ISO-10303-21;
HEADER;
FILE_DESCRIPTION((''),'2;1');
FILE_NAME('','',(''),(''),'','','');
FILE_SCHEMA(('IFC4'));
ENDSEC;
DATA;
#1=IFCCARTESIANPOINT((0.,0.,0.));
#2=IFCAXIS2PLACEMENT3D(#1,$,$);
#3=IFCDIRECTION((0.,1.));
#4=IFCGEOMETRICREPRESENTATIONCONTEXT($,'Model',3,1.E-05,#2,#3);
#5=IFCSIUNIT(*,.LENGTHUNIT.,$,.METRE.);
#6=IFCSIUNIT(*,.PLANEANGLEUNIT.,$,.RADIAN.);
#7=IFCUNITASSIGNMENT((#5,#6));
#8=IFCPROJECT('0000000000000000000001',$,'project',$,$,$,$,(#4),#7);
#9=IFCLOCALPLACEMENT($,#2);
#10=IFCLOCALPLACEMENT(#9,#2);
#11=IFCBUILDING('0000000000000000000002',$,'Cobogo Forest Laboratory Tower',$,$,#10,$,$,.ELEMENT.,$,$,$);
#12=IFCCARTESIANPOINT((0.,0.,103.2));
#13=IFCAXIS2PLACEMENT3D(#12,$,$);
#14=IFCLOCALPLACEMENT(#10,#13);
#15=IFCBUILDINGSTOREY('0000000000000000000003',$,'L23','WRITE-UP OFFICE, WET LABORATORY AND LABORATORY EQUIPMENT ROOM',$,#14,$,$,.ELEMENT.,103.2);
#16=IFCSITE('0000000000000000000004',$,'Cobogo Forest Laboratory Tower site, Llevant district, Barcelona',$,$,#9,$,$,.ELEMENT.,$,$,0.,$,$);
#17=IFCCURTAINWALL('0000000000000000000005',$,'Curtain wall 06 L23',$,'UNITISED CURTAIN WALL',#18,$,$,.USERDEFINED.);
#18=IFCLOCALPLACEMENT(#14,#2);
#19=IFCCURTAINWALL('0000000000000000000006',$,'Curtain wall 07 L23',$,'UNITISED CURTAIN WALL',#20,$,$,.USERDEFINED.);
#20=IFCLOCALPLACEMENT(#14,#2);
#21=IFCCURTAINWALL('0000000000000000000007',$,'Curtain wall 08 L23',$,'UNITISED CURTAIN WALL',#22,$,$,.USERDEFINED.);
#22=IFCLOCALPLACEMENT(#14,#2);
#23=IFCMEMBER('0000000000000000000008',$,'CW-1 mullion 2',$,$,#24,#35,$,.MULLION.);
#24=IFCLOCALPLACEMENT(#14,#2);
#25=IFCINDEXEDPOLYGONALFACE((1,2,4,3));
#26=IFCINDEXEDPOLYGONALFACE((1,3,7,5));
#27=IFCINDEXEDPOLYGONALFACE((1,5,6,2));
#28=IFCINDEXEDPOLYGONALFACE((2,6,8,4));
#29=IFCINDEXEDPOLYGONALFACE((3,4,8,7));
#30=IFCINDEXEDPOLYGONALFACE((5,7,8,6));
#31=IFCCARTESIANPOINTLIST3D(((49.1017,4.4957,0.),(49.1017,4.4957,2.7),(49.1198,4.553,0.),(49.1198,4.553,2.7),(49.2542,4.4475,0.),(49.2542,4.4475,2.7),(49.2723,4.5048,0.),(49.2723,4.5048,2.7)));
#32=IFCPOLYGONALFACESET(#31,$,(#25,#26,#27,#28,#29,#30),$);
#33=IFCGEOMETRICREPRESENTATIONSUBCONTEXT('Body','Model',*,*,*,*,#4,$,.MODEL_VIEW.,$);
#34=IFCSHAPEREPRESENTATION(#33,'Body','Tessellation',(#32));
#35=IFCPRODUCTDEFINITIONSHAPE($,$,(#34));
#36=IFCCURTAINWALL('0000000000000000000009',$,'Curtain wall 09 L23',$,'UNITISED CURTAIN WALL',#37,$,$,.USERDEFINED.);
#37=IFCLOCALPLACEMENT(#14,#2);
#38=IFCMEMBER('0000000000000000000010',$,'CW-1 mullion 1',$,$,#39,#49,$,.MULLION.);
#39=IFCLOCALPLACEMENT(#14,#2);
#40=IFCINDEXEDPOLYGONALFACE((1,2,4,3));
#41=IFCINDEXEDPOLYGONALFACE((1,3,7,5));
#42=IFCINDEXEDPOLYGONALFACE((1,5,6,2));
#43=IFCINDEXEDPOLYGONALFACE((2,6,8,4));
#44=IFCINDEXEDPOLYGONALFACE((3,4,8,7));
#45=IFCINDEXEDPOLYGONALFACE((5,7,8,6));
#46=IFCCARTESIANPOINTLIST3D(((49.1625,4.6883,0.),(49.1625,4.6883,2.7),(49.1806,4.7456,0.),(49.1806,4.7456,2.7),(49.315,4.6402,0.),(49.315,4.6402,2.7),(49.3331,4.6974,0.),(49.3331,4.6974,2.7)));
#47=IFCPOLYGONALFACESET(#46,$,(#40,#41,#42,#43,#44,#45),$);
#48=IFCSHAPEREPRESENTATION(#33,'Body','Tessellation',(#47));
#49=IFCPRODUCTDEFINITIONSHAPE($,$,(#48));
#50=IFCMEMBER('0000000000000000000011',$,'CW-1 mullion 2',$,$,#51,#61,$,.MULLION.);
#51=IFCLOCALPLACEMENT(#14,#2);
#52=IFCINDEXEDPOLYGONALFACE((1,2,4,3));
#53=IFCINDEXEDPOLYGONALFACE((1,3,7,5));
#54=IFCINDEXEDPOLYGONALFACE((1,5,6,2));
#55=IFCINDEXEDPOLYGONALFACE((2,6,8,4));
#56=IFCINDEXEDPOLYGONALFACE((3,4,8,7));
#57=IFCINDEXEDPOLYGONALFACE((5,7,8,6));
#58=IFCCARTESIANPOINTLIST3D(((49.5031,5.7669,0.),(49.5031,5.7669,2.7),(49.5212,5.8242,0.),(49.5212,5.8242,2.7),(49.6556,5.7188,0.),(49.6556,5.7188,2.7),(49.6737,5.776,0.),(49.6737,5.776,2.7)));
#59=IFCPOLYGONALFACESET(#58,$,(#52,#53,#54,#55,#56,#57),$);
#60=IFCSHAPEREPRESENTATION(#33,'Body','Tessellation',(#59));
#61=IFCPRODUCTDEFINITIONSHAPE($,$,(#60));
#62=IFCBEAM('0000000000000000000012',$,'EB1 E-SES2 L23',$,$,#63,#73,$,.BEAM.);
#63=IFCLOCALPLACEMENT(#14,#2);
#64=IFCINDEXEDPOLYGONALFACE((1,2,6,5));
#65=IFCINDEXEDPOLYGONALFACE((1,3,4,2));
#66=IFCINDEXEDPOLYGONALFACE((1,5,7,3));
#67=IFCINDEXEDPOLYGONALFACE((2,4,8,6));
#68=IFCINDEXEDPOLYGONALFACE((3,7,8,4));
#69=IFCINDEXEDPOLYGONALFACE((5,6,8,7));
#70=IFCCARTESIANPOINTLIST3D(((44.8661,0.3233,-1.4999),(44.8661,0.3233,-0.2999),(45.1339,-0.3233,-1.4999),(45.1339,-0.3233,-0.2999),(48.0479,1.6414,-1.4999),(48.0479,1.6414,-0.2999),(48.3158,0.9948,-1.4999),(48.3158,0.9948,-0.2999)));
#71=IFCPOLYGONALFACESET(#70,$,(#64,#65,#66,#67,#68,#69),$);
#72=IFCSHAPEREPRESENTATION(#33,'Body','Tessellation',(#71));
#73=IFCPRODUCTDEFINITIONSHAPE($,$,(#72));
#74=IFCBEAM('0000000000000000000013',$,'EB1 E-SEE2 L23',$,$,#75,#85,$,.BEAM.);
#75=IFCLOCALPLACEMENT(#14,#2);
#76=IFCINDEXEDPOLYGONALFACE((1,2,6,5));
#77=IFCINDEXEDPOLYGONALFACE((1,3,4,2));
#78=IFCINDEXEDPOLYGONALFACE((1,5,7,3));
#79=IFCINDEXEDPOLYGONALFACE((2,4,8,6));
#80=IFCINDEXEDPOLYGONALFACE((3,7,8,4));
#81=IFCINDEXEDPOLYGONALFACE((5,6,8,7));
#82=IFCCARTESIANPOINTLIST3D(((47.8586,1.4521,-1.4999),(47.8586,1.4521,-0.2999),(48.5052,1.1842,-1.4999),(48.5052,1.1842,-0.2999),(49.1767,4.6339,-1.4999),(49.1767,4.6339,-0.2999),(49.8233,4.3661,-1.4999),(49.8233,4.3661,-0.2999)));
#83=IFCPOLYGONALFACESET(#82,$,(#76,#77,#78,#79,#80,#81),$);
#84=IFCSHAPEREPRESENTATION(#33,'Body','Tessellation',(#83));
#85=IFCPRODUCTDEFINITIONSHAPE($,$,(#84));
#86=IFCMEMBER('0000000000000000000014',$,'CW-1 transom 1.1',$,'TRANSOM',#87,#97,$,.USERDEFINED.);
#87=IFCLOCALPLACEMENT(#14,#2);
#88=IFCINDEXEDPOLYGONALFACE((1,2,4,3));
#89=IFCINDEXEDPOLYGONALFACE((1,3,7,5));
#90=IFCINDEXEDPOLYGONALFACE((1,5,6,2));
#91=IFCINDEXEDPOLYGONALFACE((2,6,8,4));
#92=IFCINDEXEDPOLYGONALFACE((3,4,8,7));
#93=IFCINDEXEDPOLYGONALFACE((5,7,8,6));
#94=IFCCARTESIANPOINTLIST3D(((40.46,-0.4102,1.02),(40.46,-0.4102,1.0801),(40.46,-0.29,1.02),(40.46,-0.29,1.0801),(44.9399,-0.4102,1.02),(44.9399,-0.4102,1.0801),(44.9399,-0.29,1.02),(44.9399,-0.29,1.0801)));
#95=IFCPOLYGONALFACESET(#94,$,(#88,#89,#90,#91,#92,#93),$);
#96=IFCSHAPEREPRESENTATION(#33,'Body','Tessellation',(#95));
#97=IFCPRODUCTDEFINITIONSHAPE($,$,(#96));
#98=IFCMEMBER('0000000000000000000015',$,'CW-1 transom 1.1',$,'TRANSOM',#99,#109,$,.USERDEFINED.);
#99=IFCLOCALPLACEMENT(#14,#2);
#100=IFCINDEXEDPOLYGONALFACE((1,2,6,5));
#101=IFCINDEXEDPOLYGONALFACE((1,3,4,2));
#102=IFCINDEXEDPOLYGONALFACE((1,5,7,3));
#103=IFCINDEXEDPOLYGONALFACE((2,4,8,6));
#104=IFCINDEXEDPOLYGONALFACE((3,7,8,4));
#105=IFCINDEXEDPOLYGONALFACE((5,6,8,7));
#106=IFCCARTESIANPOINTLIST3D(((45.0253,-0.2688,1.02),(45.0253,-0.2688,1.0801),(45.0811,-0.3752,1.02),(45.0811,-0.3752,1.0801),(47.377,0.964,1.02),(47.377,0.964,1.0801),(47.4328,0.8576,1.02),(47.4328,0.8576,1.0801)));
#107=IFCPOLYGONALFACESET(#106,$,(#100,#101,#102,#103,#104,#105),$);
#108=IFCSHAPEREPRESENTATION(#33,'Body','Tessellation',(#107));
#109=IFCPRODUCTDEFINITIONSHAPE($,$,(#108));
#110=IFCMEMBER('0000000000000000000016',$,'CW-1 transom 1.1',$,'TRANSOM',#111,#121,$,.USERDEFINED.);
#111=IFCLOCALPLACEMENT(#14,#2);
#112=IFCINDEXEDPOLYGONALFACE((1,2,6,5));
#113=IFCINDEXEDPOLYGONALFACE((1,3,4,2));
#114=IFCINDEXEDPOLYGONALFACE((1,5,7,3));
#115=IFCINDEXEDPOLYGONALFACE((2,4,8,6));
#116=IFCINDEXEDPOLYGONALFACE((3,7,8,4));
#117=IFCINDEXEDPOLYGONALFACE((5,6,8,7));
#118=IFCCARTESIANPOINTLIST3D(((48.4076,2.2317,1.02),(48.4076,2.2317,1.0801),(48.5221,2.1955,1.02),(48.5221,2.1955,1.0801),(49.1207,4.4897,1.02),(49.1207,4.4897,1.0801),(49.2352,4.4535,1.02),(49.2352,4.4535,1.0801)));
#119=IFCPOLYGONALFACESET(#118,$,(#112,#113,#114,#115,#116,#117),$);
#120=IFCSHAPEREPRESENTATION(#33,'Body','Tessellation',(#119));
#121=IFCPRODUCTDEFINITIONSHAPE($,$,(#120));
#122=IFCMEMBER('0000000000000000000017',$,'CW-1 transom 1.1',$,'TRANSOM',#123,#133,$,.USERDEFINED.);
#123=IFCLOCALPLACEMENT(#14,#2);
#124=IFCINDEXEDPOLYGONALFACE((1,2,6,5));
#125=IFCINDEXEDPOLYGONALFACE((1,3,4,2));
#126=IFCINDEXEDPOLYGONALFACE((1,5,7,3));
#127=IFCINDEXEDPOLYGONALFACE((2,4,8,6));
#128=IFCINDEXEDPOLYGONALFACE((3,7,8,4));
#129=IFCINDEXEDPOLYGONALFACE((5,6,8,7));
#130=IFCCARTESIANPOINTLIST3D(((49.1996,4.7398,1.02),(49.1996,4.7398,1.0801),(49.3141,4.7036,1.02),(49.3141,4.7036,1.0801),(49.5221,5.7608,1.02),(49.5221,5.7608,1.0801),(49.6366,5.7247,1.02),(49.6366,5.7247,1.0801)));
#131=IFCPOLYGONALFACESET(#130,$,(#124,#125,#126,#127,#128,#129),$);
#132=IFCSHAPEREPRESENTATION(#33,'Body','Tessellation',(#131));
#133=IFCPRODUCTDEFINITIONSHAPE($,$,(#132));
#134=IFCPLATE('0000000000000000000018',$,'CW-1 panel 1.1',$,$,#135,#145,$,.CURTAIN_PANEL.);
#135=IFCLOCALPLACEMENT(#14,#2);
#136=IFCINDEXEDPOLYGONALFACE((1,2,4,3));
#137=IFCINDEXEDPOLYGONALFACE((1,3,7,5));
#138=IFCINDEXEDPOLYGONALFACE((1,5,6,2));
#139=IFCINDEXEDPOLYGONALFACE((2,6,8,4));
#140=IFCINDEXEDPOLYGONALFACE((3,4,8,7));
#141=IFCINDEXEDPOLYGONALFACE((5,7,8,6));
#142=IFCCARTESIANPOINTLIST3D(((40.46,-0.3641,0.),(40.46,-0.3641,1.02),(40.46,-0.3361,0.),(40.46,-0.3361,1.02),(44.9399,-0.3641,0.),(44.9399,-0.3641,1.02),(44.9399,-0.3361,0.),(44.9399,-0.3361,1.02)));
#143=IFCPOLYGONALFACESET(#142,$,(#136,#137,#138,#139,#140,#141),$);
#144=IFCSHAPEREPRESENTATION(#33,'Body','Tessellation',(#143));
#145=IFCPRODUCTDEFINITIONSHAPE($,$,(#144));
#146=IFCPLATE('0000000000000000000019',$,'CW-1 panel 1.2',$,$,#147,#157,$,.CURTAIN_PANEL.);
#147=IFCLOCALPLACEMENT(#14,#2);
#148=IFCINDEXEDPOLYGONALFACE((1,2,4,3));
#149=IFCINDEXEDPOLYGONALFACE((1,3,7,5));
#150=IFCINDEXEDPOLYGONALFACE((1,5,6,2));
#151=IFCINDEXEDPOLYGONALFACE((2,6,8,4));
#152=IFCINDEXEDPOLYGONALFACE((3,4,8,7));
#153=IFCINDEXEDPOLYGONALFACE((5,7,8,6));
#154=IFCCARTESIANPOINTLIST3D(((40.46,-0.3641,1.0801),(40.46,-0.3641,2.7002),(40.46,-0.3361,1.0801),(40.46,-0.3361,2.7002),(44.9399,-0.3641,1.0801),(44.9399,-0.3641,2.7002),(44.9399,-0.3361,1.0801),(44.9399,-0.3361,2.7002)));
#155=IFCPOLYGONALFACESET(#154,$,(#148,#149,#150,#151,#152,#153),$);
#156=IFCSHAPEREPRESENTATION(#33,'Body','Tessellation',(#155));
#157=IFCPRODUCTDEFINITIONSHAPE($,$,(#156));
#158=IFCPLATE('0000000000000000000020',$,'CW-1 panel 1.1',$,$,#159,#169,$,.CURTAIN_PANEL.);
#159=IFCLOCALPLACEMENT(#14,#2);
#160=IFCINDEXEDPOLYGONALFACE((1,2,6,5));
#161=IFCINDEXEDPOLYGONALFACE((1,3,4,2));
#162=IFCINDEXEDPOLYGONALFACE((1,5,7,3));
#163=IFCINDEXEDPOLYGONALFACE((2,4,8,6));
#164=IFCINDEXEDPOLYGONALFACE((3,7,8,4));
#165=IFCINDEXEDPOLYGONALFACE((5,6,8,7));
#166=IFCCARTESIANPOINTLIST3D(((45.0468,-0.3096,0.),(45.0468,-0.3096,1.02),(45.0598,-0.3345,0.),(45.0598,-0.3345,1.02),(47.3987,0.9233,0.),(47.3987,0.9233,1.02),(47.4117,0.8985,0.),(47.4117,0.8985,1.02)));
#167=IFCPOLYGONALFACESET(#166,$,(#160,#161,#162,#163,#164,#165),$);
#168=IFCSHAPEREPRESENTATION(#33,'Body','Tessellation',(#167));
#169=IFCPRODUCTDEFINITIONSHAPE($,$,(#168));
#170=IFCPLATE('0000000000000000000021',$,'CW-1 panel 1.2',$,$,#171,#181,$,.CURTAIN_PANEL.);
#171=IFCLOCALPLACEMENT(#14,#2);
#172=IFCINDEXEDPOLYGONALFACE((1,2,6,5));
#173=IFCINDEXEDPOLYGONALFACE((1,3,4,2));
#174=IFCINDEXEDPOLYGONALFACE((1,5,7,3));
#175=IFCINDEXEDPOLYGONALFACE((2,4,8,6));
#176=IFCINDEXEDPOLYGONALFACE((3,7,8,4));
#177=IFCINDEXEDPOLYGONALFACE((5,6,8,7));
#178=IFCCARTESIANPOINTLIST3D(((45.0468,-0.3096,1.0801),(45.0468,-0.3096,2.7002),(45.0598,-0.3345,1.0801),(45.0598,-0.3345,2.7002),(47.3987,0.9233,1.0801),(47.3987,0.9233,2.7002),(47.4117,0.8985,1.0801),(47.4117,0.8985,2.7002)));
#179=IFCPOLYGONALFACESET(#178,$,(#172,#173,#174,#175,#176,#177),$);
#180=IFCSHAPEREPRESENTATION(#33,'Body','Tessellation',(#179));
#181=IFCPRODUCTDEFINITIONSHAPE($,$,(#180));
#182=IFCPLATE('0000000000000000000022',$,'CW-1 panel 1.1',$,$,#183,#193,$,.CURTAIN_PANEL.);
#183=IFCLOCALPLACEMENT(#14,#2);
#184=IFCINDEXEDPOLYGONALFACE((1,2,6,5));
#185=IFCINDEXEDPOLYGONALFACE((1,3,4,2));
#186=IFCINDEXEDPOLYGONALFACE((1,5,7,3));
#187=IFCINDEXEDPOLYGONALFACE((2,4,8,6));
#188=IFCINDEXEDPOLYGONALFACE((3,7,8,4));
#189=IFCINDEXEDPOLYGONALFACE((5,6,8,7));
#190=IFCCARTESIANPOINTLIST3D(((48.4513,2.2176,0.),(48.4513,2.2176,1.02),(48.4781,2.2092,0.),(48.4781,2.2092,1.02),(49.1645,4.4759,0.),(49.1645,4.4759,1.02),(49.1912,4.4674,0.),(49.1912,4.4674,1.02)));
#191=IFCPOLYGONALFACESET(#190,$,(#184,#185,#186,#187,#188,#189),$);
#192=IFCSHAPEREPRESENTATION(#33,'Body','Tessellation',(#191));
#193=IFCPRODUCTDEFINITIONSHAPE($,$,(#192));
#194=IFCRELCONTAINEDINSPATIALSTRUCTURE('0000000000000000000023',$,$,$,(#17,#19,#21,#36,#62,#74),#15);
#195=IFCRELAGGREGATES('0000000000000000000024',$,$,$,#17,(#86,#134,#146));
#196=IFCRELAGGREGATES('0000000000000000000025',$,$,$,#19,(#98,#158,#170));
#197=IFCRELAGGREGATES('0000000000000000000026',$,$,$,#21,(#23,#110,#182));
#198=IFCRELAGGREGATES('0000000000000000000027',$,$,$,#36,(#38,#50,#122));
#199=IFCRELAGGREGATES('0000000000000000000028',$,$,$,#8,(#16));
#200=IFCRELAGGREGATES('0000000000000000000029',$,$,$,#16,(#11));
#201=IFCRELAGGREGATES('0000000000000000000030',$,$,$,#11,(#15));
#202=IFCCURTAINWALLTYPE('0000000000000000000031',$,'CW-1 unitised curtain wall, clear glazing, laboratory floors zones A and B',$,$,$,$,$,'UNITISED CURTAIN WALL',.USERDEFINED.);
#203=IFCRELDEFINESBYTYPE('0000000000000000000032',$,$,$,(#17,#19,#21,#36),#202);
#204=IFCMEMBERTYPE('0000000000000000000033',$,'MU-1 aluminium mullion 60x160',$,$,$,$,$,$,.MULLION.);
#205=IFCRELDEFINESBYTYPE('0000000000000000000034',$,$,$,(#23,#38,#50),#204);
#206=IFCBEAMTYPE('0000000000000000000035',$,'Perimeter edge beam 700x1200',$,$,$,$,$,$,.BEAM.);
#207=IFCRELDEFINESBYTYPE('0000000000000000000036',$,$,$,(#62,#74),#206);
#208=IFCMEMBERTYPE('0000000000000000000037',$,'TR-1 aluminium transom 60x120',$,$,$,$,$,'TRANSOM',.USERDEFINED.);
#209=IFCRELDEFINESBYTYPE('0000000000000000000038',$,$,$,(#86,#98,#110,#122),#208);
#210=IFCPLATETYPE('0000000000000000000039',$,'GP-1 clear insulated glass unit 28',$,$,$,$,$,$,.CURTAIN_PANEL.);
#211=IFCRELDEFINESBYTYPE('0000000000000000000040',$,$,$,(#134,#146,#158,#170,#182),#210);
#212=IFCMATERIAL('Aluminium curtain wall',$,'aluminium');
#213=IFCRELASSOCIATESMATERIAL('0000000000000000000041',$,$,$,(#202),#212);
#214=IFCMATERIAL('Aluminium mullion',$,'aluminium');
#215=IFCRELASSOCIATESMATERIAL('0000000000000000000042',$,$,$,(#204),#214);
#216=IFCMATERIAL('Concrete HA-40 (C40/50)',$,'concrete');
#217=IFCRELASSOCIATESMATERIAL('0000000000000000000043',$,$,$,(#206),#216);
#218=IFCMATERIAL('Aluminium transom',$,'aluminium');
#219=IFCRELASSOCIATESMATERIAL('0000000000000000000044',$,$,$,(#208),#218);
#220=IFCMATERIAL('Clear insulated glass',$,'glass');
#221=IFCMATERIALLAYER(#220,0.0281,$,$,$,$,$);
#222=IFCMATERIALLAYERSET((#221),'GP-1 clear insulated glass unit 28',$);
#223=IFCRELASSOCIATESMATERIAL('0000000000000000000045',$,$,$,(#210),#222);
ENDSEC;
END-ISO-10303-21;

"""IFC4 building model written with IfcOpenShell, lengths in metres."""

from ifc_helpers import new_model, si_unit, direction, frame, origin, origin_2d, place, context, subcontext, project, spatial, rectangle, extrude, material, layer, layer_set, material_profile, profile_set, type_object, element, aggregate, save


model = new_model("IFC4")

# Units and contexts
model_context = context("Model", 3, precision=1e-05, world=origin(), true_north=direction((0.0, 1.0)))
body_context = subcontext(model_context, "Body", "Model", "MODEL_VIEW")
ifc_project = project(units=[si_unit("LENGTHUNIT", "METRE"), si_unit("PLANEANGLEUNIT", "RADIAN")], contexts=[model_context])

# Site, building, storey
site_placement = place(None, origin())
site = spatial("IfcSite", under=ifc_project, at=site_placement, Name="Cobogo Forest Laboratory Tower site, Llevant district, Barcelona", CompositionType="ELEMENT", RefElevation=0.0)
building_placement = place(site_placement, origin())
building = spatial("IfcBuilding", under=site, at=building_placement, Name="Cobogo Forest Laboratory Tower", CompositionType="ELEMENT")
storey_placement = place(building_placement, frame((0.0, 0.0, 103.2)))
storey = spatial("IfcBuildingStorey", under=building, at=storey_placement, Name="L23", Description="WRITE-UP OFFICE, WET LABORATORY AND LABORATORY EQUIPMENT ROOM", CompositionType="ELEMENT", Elevation=103.2)

# Shared definitions
ifc_material_1 = material(Name="Concrete HA-40 (C40/50)", Category="concrete")

# Curtain walls, members
ifc_material_2 = material(Name="Aluminium curtain wall", Category="aluminium")
curtain_wall_type = type_object("IfcCurtainWallType", Name="CW-1 unitised curtain wall, clear glazing, laboratory floors zones A and B", ElementType="UNITISED CURTAIN WALL", PredefinedType="USERDEFINED", material=ifc_material_2)
curtain_wall_1_placement = place(storey_placement, origin())
curtain_wall_1 = element("IfcCurtainWall", 1, at=curtain_wall_1_placement, inside=storey, type_object=curtain_wall_type, Name="Curtain wall 06 L23", ObjectType="UNITISED CURTAIN WALL", PredefinedType="USERDEFINED")
ifc_material_3 = material(Name="Aluminium mullion", Category="aluminium")
ifc_material_profile_1 = material_profile(ifc_material_3, rectangle(XDim=0.0601, YDim=0.1599, at=origin_2d()), Name="AL 60x160")
ifc_profile_set_1 = profile_set([ifc_material_profile_1], Name="Aluminium mullion")
member_type_1 = type_object("IfcMemberType", Name="MU-1 aluminium mullion 60x160", PredefinedType="MULLION", material=ifc_profile_set_1)
curtain_wall_2_placement = place(storey_placement, origin())
curtain_wall_2 = element("IfcCurtainWall", 2, at=curtain_wall_2_placement, inside=storey, type_object=curtain_wall_type, Name="Curtain wall 07 L23", ObjectType="UNITISED CURTAIN WALL", PredefinedType="USERDEFINED")
curtain_wall_3_placement = place(storey_placement, origin())
curtain_wall_3 = element("IfcCurtainWall", 3, at=curtain_wall_3_placement, inside=storey, type_object=curtain_wall_type, Name="Curtain wall 08 L23", ObjectType="UNITISED CURTAIN WALL", PredefinedType="USERDEFINED")
member_1_placement = place(storey_placement, frame((49.187, 4.5002, 0.0), z_axis=(0.0, 0.0, 1.0), x_axis=(0.301135, 0.953581, 0.0)))
member_1 = element("IfcMember", 4, at=member_1_placement, type_object=member_type_1, Name="CW-1 mullion 2", PredefinedType="MULLION", context=body_context, shape_type="SweptSolid", body=[
    extrude(rectangle(XDim=0.0601, YDim=0.1599, at=origin_2d()), origin(), (0.0, 0.0, 1.0), 2.7),
])
curtain_wall_4_placement = place(storey_placement, origin())
curtain_wall_4 = element("IfcCurtainWall", 5, at=curtain_wall_4_placement, inside=storey, type_object=curtain_wall_type, Name="Curtain wall 09 L23", ObjectType="UNITISED CURTAIN WALL", PredefinedType="USERDEFINED")
member_2_placement = place(storey_placement, frame((49.2478, 4.6929, 0.0), z_axis=(0.0, 0.0, 1.0), x_axis=(0.301136, 0.953581, 0.0)))
member_2 = element("IfcMember", 6, at=member_2_placement, type_object=member_type_1, Name="CW-1 mullion 1", PredefinedType="MULLION", context=body_context, shape_type="SweptSolid", body=[
    extrude(rectangle(XDim=0.0601, YDim=0.1599, at=origin_2d()), origin(), (0.0, 0.0, 1.0), 2.7),
])
member_3_placement = place(storey_placement, frame((49.5884, 5.7715, 0.0), z_axis=(0.0, 0.0, 1.0), x_axis=(0.301136, 0.953581, 0.0)))
member_3 = element("IfcMember", 7, at=member_3_placement, type_object=member_type_1, Name="CW-1 mullion 2", PredefinedType="MULLION", context=body_context, shape_type="SweptSolid", body=[
    extrude(rectangle(XDim=0.0601, YDim=0.1599, at=origin_2d()), origin(), (0.0, 0.0, 1.0), 2.7),
])

# Beams
ifc_material_profile_2 = material_profile(ifc_material_1, rectangle(XDim=0.7, YDim=1.2, at=origin_2d()), Name="RC 700x1200")
ifc_profile_set_2 = profile_set([ifc_material_profile_2], Name="Concrete HA-40 (C40/50)")
beam_type_1 = type_object("IfcBeamType", Name="Perimeter edge beam 700x1200", PredefinedType="BEAM", material=ifc_profile_set_2)
for number, where, z_axis, x_axis, name in (
    (8, (45.0, 0.0, -0.8999), (0.923866, 0.382717, 0.0), (-0.382717, 0.923866, 0.0), "EB1 E-SES2 L23"),
    (9, (49.5, 4.5, -0.8999), (-0.382717, -0.923866, 0.0), (0.923866, -0.382717, 0.0), "EB1 E-SEE2 L23"),
):
    element("IfcBeam", number, at=place(storey_placement, frame(where, z_axis=z_axis, x_axis=x_axis)), inside=storey, type_object=beam_type_1, Name=name, PredefinedType="BEAM", context=body_context, shape_type="SweptSolid", body=[
        extrude(rectangle(XDim=0.7, YDim=1.2, at=origin_2d()), origin(), (0.0, 0.0, 1.0), 3.4441),
    ])

# Members
ifc_material_4 = material(Name="Aluminium transom", Category="aluminium")
ifc_material_profile_3 = material_profile(ifc_material_4, rectangle(XDim=0.1201, YDim=0.0601, at=origin_2d()), Name="AL 60x120")
ifc_profile_set_3 = profile_set([ifc_material_profile_3], Name="Aluminium transom")
member_type_2 = type_object("IfcMemberType", Name="TR-1 aluminium transom 60x120", ElementType="TRANSOM", PredefinedType="USERDEFINED", material=ifc_profile_set_3)
member_4_placement = place(storey_placement, frame((40.46, -0.3501, 1.05), z_axis=(1.0, 0.0, 0.0), x_axis=(0.0, 1.0, 0.0)))
member_4 = element("IfcMember", 10, at=member_4_placement, type_object=member_type_2, Name="CW-1 transom 1.1", ObjectType="TRANSOM", PredefinedType="USERDEFINED", context=body_context, shape_type="SweptSolid", body=[
    extrude(rectangle(XDim=0.1201, YDim=0.0601, at=origin_2d()), origin(), (0.0, 0.0, 1.0), 4.48),
])
member_5_placement = place(storey_placement, frame((45.0532, -0.322, 1.05), z_axis=(0.885675, 0.464306, 0.0), x_axis=(-0.464306, 0.885675, 0.0)))
member_5 = element("IfcMember", 11, at=member_5_placement, type_object=member_type_2, Name="CW-1 transom 1.1", ObjectType="TRANSOM", PredefinedType="USERDEFINED", context=body_context, shape_type="SweptSolid", body=[
    extrude(rectangle(XDim=0.1201, YDim=0.0601, at=origin_2d()), origin(), (0.0, 0.0, 1.0), 2.6553),
])
member_6_placement = place(storey_placement, frame((48.4648, 2.2136, 1.05), z_axis=(0.301156, 0.953575, 0.0), x_axis=(-0.953575, 0.301156, 0.0)))
member_6 = element("IfcMember", 12, at=member_6_placement, type_object=member_type_2, Name="CW-1 transom 1.1", ObjectType="TRANSOM", PredefinedType="USERDEFINED", context=body_context, shape_type="SweptSolid", body=[
    extrude(rectangle(XDim=0.1201, YDim=0.0601, at=origin_2d()), origin(), (0.0, 0.0, 1.0), 2.3679),
])
member_7_placement = place(storey_placement, frame((49.2568, 4.7217, 1.05), z_axis=(0.301208, 0.953559, 0.0), x_axis=(-0.953559, 0.301208, 0.0)))
member_7 = element("IfcMember", 13, at=member_7_placement, type_object=member_type_2, Name="CW-1 transom 1.1", ObjectType="TRANSOM", PredefinedType="USERDEFINED", context=body_context, shape_type="SweptSolid", body=[
    extrude(rectangle(XDim=0.1201, YDim=0.0601, at=origin_2d()), origin(), (0.0, 0.0, 1.0), 1.0708),
])

# Plates
ifc_material_5 = material(Name="Clear insulated glass", Category="glass")
ifc_layer = layer(ifc_material_5, 0.0281)
ifc_layer_set = layer_set([ifc_layer], Name="GP-1 clear insulated glass unit 28")
plate_type = type_object("IfcPlateType", Name="GP-1 clear insulated glass unit 28", PredefinedType="CURTAIN_PANEL", material=ifc_layer_set)
plate_1_placement = place(storey_placement, frame((42.7, -0.3501, 0.0), z_axis=(0.0, 0.0, 1.0), x_axis=(1.0, 0.0, 0.0)))
plate_1 = element("IfcPlate", 14, at=plate_1_placement, type_object=plate_type, Name="CW-1 panel 1.1", PredefinedType="CURTAIN_PANEL", context=body_context, shape_type="SweptSolid", body=[
    extrude(rectangle(XDim=4.48, YDim=0.0281, at=origin_2d()), origin(), (0.0, 0.0, 1.0), 1.02),
])
plate_2_placement = place(storey_placement, frame((42.7, -0.3501, 1.0801), z_axis=(0.0, 0.0, 1.0), x_axis=(1.0, 0.0, 0.0)))
plate_2 = element("IfcPlate", 15, at=plate_2_placement, type_object=plate_type, Name="CW-1 panel 1.2", PredefinedType="CURTAIN_PANEL", context=body_context, shape_type="SweptSolid", body=[
    extrude(rectangle(XDim=4.48, YDim=0.0281, at=origin_2d()), origin(), (0.0, 0.0, 1.0), 1.6201),
])
aggregate(curtain_wall_1, [member_4, plate_1, plate_2])
plate_3_placement = place(storey_placement, frame((46.2292, 0.2944, 0.0), z_axis=(0.0, 0.0, 1.0), x_axis=(0.885687, 0.464284, 0.0)))
plate_3 = element("IfcPlate", 16, at=plate_3_placement, type_object=plate_type, Name="CW-1 panel 1.1", PredefinedType="CURTAIN_PANEL", context=body_context, shape_type="SweptSolid", body=[
    extrude(rectangle(XDim=2.6555, YDim=0.0281, at=origin_2d()), origin(), (0.0, 0.0, 1.0), 1.02),
])
plate_4_placement = place(storey_placement, frame((46.2292, 0.2944, 1.0801), z_axis=(0.0, 0.0, 1.0), x_axis=(0.885687, 0.464284, 0.0)))
plate_4 = element("IfcPlate", 17, at=plate_4_placement, type_object=plate_type, Name="CW-1 panel 1.2", PredefinedType="CURTAIN_PANEL", context=body_context, shape_type="SweptSolid", body=[
    extrude(rectangle(XDim=2.6555, YDim=0.0281, at=origin_2d()), origin(), (0.0, 0.0, 1.0), 1.6201),
])
aggregate(curtain_wall_2, [member_5, plate_3, plate_4])
plate_5_placement = place(storey_placement, frame((48.8213, 3.3425, 0.0), z_axis=(0.0, 0.0, 1.0), x_axis=(0.301135, 0.953581, 0.0)))
plate_5 = element("IfcPlate", 18, at=plate_5_placement, type_object=plate_type, Name="CW-1 panel 1.1", PredefinedType="CURTAIN_PANEL", context=body_context, shape_type="SweptSolid", body=[
    extrude(rectangle(XDim=2.3682, YDim=0.0281, at=origin_2d()), origin(), (0.0, 0.0, 1.0), 1.02),
])
aggregate(curtain_wall_3, [member_1, member_6, plate_5])
aggregate(curtain_wall_4, [member_2, member_3, member_7])

save(model, "model.ifc")
